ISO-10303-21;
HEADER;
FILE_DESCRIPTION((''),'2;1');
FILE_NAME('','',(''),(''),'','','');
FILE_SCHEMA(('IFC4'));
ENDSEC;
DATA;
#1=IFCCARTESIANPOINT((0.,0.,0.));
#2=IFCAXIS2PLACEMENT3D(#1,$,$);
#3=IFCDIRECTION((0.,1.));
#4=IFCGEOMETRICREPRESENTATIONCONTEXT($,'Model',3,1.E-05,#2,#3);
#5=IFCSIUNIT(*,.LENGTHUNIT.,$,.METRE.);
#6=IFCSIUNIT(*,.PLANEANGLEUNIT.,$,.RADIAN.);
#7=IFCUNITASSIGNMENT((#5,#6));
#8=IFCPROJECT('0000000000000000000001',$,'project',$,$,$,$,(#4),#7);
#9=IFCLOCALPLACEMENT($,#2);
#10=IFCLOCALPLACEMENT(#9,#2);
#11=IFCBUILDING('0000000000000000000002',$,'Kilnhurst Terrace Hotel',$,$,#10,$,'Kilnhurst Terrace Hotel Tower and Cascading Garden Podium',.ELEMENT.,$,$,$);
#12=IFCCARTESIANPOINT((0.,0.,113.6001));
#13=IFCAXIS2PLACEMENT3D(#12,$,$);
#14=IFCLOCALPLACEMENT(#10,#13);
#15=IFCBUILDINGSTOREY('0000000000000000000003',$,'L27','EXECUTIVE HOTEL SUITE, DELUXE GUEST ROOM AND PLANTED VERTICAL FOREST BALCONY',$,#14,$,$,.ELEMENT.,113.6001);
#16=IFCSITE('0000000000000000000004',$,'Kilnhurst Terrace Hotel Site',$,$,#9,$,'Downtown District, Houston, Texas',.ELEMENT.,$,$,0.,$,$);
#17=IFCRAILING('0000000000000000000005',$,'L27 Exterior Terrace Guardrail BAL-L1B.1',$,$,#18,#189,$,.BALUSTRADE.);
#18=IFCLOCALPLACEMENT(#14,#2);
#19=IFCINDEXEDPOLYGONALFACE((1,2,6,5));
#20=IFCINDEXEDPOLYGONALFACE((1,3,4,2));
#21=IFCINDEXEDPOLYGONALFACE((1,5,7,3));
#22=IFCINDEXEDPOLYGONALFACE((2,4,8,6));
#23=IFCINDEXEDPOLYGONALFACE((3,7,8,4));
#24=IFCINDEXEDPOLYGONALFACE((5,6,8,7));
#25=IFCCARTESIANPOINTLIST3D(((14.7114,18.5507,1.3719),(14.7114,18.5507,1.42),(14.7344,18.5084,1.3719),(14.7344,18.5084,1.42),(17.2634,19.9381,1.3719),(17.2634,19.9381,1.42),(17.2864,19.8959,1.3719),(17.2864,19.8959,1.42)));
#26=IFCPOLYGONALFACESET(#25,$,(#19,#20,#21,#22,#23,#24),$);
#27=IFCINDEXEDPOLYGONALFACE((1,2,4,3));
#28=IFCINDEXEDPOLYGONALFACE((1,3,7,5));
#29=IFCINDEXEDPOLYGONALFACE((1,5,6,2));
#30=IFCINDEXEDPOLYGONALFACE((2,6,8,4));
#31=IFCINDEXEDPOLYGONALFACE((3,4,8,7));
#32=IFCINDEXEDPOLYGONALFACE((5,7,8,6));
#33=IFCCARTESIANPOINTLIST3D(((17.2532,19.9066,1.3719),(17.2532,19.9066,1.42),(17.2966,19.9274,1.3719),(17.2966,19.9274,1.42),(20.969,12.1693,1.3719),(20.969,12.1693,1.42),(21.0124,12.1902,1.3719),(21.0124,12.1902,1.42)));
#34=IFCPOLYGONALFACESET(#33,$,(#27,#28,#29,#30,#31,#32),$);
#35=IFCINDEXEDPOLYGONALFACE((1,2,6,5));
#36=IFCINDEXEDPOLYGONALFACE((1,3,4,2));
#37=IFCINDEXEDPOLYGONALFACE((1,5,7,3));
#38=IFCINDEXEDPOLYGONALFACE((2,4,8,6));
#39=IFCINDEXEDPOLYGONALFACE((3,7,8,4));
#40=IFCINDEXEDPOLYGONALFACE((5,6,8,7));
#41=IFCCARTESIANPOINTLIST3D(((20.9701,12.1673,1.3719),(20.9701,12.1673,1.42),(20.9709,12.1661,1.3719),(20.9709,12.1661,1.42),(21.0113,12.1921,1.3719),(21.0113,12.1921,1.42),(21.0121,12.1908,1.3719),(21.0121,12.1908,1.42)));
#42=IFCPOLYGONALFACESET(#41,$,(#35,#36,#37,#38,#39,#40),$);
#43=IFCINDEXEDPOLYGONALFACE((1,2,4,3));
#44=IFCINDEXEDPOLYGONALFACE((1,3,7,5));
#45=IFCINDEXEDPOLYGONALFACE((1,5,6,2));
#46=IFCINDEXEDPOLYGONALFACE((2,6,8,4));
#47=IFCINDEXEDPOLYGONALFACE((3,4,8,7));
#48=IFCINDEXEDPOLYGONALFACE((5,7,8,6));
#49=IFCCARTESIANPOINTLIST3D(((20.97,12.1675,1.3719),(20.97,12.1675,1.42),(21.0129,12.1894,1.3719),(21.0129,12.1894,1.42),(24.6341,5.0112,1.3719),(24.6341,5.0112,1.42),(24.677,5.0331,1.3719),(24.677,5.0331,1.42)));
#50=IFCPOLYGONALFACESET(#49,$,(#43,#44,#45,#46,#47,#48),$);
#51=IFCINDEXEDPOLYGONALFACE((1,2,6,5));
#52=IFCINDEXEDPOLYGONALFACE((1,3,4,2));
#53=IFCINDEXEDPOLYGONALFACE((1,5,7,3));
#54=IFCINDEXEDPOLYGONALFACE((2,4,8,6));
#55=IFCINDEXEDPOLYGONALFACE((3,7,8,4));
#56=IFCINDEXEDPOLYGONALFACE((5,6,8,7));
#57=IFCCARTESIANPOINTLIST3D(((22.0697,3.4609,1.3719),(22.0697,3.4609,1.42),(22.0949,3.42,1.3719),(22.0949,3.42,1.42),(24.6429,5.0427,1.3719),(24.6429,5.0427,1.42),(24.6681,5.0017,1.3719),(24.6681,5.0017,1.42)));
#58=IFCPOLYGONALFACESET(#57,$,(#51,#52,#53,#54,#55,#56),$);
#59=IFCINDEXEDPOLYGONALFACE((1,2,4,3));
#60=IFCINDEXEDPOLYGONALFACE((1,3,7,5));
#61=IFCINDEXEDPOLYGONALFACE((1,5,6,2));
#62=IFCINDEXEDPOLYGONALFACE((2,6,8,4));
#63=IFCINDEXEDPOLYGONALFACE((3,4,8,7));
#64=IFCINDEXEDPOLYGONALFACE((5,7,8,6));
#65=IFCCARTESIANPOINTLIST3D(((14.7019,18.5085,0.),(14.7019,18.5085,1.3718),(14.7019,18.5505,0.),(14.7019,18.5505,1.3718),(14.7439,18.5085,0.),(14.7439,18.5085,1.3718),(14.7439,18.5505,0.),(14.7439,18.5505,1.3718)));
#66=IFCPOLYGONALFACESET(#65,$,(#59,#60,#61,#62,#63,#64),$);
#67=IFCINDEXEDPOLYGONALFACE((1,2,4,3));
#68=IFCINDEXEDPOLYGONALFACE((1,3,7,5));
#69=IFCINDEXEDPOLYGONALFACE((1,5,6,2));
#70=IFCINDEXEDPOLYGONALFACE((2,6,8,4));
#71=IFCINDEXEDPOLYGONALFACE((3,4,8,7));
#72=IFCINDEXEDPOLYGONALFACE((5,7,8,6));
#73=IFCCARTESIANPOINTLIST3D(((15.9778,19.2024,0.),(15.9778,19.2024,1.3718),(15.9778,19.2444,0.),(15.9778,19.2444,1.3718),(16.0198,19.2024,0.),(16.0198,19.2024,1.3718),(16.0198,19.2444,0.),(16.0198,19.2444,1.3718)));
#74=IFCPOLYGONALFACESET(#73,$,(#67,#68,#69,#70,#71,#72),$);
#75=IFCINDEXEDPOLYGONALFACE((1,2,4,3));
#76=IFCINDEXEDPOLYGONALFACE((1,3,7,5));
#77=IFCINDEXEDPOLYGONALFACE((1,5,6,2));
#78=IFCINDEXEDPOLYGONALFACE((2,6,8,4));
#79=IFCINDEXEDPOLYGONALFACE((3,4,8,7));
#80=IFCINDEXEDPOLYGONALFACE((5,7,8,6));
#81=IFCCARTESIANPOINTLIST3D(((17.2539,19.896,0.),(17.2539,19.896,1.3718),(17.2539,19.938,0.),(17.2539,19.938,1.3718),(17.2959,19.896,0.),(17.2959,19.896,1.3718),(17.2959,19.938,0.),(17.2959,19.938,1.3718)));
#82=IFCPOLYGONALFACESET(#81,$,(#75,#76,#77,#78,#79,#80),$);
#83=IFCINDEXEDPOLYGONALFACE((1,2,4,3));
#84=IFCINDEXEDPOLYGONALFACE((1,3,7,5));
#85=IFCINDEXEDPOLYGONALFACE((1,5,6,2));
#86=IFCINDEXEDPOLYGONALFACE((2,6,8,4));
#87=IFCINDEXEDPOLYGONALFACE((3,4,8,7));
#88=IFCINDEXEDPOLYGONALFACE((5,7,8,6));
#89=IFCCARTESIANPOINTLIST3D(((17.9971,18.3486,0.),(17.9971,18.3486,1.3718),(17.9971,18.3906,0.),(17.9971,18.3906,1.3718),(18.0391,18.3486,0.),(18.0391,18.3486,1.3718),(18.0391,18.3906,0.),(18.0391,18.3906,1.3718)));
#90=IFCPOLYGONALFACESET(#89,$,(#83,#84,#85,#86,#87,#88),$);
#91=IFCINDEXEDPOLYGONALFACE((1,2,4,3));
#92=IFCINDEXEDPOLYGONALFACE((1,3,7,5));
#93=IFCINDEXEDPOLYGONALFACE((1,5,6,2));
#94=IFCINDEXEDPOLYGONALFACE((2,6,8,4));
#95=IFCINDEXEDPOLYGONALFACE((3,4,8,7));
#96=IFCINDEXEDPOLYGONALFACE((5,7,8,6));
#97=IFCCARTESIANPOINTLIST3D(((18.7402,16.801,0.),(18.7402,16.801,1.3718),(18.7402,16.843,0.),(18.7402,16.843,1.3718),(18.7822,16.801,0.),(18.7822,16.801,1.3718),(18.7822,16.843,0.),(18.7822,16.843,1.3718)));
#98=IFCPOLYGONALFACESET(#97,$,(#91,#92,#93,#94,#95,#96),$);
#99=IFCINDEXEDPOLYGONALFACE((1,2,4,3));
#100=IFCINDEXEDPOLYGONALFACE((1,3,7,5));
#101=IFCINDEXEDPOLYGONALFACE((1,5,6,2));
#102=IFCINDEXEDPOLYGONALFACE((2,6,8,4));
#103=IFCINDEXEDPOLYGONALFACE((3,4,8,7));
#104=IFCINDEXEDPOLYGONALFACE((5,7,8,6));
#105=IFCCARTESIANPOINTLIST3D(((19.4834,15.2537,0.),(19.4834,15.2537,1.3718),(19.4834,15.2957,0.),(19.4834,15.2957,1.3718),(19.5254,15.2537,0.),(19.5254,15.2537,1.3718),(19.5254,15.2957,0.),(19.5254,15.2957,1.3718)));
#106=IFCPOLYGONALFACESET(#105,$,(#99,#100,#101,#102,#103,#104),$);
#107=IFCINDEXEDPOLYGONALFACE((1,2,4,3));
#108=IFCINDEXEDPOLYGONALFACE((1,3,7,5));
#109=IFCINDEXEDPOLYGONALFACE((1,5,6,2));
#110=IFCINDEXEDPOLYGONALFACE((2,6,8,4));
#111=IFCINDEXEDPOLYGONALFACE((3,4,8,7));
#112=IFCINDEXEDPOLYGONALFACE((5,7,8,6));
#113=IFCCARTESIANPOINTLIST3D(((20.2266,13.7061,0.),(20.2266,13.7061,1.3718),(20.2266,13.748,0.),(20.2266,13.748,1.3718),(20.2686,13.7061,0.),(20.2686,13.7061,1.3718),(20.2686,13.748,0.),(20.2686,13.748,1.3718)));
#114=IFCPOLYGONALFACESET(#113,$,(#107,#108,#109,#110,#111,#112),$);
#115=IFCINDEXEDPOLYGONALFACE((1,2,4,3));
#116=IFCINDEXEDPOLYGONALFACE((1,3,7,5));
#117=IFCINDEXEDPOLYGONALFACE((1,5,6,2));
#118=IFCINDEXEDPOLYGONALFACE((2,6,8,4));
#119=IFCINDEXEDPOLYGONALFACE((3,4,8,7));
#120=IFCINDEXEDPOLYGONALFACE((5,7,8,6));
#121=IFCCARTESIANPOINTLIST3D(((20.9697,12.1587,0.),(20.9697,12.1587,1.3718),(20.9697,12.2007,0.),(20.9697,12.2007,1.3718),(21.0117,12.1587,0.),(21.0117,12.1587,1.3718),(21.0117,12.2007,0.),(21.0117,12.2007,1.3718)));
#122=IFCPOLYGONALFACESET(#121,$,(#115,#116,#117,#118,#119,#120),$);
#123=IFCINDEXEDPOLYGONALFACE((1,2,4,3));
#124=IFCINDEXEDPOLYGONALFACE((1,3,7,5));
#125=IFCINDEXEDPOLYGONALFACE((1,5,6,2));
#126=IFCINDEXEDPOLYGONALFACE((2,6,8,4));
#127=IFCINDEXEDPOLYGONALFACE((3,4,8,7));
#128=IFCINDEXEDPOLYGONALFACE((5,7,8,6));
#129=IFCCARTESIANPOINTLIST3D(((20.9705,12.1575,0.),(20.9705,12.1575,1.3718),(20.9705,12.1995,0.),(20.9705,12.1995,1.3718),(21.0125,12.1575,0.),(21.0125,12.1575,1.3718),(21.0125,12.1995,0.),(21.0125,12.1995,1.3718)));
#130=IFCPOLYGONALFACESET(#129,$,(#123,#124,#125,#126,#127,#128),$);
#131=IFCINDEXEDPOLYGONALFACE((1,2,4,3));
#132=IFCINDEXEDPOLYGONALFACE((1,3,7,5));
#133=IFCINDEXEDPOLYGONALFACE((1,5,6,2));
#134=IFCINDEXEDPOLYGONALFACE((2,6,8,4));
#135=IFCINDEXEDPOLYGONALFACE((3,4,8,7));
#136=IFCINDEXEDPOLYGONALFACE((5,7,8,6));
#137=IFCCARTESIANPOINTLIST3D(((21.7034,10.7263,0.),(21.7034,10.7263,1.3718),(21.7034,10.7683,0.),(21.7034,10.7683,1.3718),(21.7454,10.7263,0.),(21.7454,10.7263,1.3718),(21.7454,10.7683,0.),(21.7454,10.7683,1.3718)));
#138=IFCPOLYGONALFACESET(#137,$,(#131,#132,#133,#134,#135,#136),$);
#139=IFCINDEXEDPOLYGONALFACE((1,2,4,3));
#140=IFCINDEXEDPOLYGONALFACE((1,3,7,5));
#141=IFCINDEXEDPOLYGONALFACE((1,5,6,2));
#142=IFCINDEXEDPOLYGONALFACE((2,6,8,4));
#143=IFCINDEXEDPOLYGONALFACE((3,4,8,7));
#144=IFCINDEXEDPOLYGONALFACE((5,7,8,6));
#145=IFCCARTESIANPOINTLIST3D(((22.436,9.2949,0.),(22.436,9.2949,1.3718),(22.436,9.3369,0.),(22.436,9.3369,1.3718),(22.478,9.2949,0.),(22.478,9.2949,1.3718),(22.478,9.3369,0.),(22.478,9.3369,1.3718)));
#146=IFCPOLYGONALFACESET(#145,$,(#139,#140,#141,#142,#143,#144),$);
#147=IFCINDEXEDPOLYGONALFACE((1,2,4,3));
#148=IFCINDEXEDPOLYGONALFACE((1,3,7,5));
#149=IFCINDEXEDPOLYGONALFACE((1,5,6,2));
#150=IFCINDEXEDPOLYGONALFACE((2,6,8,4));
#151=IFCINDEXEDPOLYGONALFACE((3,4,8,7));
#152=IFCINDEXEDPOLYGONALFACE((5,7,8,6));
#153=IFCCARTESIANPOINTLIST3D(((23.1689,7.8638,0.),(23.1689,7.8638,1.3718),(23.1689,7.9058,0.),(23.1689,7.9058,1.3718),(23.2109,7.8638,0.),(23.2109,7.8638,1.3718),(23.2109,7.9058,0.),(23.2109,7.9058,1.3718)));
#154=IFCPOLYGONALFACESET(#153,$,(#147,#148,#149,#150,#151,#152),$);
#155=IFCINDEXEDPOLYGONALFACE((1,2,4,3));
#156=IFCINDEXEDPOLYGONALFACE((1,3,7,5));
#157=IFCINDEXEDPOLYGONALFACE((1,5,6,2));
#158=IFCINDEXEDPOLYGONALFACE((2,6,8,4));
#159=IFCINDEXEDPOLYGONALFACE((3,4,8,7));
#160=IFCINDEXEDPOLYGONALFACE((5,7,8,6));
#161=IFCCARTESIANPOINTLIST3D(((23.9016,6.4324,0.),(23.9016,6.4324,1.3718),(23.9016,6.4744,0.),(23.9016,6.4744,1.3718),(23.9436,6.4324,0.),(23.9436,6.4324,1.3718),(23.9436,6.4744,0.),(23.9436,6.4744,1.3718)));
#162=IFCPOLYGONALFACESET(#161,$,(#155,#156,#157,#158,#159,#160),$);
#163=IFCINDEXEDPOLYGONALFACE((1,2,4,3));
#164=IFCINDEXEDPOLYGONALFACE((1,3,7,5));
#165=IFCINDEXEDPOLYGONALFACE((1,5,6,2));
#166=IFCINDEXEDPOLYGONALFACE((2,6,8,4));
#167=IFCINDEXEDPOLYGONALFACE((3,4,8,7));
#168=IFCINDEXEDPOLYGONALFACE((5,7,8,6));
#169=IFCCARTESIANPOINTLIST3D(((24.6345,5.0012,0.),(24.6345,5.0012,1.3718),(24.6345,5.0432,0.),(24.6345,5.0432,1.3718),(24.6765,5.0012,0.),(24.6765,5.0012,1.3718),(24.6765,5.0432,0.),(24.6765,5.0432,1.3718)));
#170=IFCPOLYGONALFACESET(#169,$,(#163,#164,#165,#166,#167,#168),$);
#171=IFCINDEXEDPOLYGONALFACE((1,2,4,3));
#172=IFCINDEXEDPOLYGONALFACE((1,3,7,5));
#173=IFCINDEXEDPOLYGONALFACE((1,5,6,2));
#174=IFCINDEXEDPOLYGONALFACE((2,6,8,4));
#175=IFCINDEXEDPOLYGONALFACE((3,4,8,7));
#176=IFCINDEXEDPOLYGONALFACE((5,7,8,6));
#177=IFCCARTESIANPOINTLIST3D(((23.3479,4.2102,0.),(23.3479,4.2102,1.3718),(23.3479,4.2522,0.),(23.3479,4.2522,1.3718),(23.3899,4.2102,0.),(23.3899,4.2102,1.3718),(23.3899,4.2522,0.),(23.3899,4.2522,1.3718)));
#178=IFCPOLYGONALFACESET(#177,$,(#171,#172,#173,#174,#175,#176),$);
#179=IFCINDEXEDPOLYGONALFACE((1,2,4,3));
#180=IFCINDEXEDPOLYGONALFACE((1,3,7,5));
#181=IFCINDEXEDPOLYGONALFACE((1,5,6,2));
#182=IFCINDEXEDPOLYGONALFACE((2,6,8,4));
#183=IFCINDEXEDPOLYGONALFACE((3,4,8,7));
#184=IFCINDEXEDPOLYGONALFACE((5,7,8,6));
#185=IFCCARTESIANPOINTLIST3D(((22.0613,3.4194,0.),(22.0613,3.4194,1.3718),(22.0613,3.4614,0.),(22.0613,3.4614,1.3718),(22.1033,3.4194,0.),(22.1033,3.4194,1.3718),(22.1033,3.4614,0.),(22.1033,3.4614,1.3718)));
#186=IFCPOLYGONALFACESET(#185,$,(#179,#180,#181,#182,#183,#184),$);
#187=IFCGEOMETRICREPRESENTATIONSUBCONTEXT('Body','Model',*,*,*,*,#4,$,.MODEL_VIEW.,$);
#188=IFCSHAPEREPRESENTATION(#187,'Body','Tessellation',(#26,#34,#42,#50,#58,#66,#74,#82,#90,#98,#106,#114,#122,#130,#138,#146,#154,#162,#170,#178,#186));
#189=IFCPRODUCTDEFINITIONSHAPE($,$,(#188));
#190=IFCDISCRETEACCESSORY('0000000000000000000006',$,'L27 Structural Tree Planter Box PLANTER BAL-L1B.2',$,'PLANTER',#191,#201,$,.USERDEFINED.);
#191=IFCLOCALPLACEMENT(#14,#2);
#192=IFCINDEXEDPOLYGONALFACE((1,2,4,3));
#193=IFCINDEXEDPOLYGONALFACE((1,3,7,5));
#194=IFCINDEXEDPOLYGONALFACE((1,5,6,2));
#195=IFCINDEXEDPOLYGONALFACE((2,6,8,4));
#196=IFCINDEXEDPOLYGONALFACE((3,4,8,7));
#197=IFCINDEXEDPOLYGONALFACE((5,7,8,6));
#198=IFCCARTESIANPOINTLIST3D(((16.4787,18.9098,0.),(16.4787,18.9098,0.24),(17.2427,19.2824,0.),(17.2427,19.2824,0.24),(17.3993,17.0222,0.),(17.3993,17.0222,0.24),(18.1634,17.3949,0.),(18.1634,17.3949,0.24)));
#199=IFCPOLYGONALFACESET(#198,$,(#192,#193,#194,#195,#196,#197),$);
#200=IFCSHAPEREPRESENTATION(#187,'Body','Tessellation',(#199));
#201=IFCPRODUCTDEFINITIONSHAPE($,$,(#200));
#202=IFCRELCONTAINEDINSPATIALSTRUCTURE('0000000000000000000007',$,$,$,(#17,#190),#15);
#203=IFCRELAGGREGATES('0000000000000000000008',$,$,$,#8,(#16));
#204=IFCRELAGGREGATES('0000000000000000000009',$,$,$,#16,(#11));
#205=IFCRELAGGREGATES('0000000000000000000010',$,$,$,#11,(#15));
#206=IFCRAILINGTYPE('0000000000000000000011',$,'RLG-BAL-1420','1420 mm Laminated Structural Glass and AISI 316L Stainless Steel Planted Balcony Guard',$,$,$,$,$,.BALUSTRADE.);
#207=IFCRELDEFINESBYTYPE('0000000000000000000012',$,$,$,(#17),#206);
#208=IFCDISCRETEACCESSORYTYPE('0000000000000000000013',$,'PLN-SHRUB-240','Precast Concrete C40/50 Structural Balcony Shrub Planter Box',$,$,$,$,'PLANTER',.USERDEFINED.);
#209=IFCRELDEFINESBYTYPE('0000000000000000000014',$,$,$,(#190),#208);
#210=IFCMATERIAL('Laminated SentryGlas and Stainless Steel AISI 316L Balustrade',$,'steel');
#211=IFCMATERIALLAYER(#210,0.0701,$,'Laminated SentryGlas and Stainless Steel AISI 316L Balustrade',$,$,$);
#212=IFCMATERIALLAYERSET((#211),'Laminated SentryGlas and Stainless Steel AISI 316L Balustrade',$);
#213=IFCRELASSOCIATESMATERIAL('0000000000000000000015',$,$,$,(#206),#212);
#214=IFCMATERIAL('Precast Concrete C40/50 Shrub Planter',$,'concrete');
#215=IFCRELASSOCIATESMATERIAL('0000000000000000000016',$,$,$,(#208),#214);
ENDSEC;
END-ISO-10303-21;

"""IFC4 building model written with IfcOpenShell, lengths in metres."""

from ifc_helpers import new_model, si_unit, direction, frame, origin, origin_2d, place, context, subcontext, project, spatial, rectangle, extrude, material, layer, layer_set, type_object, element, save


model = new_model("IFC4")

# Units and contexts
model_context = context("Model", 3, precision=1e-05, world=origin(), true_north=direction((0.0, 1.0)))
body_context = subcontext(model_context, "Body", "Model", "MODEL_VIEW")
ifc_project = project(units=[si_unit("LENGTHUNIT", "METRE"), si_unit("PLANEANGLEUNIT", "RADIAN")], contexts=[model_context])

# Site, building, storey
site_placement = place(None, origin())
site = spatial("IfcSite", under=ifc_project, at=site_placement, Name="Kilnhurst Terrace Hotel Site", LongName="Downtown District, Houston, Texas", CompositionType="ELEMENT", RefElevation=0.0)
building_placement = place(site_placement, origin())
building = spatial("IfcBuilding", under=site, at=building_placement, Name="Kilnhurst Terrace Hotel", LongName="Kilnhurst Terrace Hotel Tower and Cascading Garden Podium", CompositionType="ELEMENT")
storey_placement = place(building_placement, frame((0.0, 0.0, 113.6001)))
storey = spatial("IfcBuildingStorey", under=building, at=storey_placement, Name="L27", Description="EXECUTIVE HOTEL SUITE, DELUXE GUEST ROOM AND PLANTED VERTICAL FOREST BALCONY", CompositionType="ELEMENT", Elevation=113.6001)

# Railing
ifc_material_1 = material(Name="Laminated SentryGlas and Stainless Steel AISI 316L Balustrade", Category="steel")
ifc_layer_1 = layer(ifc_material_1, 0.0701, Name="Laminated SentryGlas and Stainless Steel AISI 316L Balustrade")
ifc_layer_set_1 = layer_set([ifc_layer_1], Name="Laminated SentryGlas and Stainless Steel AISI 316L Balustrade")
railing_type = type_object("IfcRailingType", Name="RLG-BAL-1420", Description="1420 mm Laminated Structural Glass and AISI 316L Stainless Steel Planted Balcony Guard", PredefinedType="BALUSTRADE", material=ifc_layer_set_1)
railing_placement = place(storey_placement, frame((14.7229, 18.5295, 0.0)))
element("IfcRailing", 1, at=railing_placement, inside=storey, type_object=railing_type, Name="L27 Exterior Terrace Guardrail BAL-L1B.1", PredefinedType="BALUSTRADE", context=body_context, shape_type="SweptSolid", body=[
    extrude(rectangle(XDim=0.0481, YDim=0.0481, at=origin_2d()), frame((0.0, 0.0, 1.396), z_axis=(0.878553, 0.477644, 0.0), x_axis=(-0.477644, 0.878553, 0.0)), (0.0, 0.0, 1.0), 2.9048),
    extrude(rectangle(XDim=0.0481, YDim=0.0481, at=origin_2d()), frame((2.552, 1.3875, 1.396), z_axis=(0.432912, -0.901436, 0.0), x_axis=(0.901436, 0.432912, 0.0)), (0.0, 0.0, 1.0), 8.5833),
    extrude(rectangle(XDim=0.0481, YDim=0.0481, at=origin_2d()), frame((6.2678, -6.3499, 1.396), z_axis=(0.514496, -0.857493, 0.0), x_axis=(0.857493, 0.514496, 0.0)), (0.0, 0.0, 1.0), 0.0015),
    extrude(rectangle(XDim=0.0481, YDim=0.0481, at=origin_2d()), frame((6.2686, -6.3511, 1.396), z_axis=(0.455744, -0.890111, 0.0), x_axis=(0.890111, 0.455744, 0.0)), (0.0, 0.0, 1.0), 8.0398),
    extrude(rectangle(XDim=0.0481, YDim=0.0481, at=origin_2d()), frame((9.9326, -13.5073, 1.396), z_axis=(-0.851916, -0.523678, 0.0), x_axis=(0.523678, -0.851916, 0.0)), (0.0, 0.0, 1.0), 3.0205),
    extrude(rectangle(XDim=0.042, YDim=0.042, at=origin_2d()), origin(), (0.0, 0.0, 1.0), 1.3718),
    extrude(rectangle(XDim=0.042, YDim=0.042, at=origin_2d()), frame((1.2759, 0.6938, 0.0)), (0.0, 0.0, 1.0), 1.3718),
    extrude(rectangle(XDim=0.042, YDim=0.042, at=origin_2d()), frame((2.552, 1.3875, 0.0)), (0.0, 0.0, 1.0), 1.3718),
    extrude(rectangle(XDim=0.042, YDim=0.042, at=origin_2d()), frame((3.2952, -0.1599, 0.0)), (0.0, 0.0, 1.0), 1.3718),
    extrude(rectangle(XDim=0.042, YDim=0.042, at=origin_2d()), frame((4.0383, -1.7075, 0.0)), (0.0, 0.0, 1.0), 1.3718),
    extrude(rectangle(XDim=0.042, YDim=0.042, at=origin_2d()), frame((4.7815, -3.2549, 0.0)), (0.0, 0.0, 1.0), 1.3718),
    extrude(rectangle(XDim=0.042, YDim=0.042, at=origin_2d()), frame((5.5247, -4.8025, 0.0)), (0.0, 0.0, 1.0), 1.3718),
    extrude(rectangle(XDim=0.042, YDim=0.042, at=origin_2d()), frame((6.2678, -6.3499, 0.0)), (0.0, 0.0, 1.0), 1.3718),
    extrude(rectangle(XDim=0.042, YDim=0.042, at=origin_2d()), frame((6.2686, -6.3511, 0.0)), (0.0, 0.0, 1.0), 1.3718),
    extrude(rectangle(XDim=0.042, YDim=0.042, at=origin_2d()), frame((7.0015, -7.7822, 0.0)), (0.0, 0.0, 1.0), 1.3718),
    extrude(rectangle(XDim=0.042, YDim=0.042, at=origin_2d()), frame((7.7341, -9.2136, 0.0)), (0.0, 0.0, 1.0), 1.3718),
    extrude(rectangle(XDim=0.042, YDim=0.042, at=origin_2d()), frame((8.467, -10.6448, 0.0)), (0.0, 0.0, 1.0), 1.3718),
    extrude(rectangle(XDim=0.042, YDim=0.042, at=origin_2d()), frame((9.1997, -12.0762, 0.0)), (0.0, 0.0, 1.0), 1.3718),
    extrude(rectangle(XDim=0.042, YDim=0.042, at=origin_2d()), frame((9.9326, -13.5073, 0.0)), (0.0, 0.0, 1.0), 1.3718),
    extrude(rectangle(XDim=0.042, YDim=0.042, at=origin_2d()), frame((8.646, -14.2983, 0.0)), (0.0, 0.0, 1.0), 1.3718),
    extrude(rectangle(XDim=0.042, YDim=0.042, at=origin_2d()), frame((7.3594, -15.0891, 0.0)), (0.0, 0.0, 1.0), 1.3718),
])

# Discrete accessory
ifc_material_2 = material(Name="Precast Concrete C40/50 Shrub Planter", Category="concrete")
discrete_accessory_type = type_object("IfcDiscreteAccessoryType", Name="PLN-SHRUB-240", Description="Precast Concrete C40/50 Structural Balcony Shrub Planter Box", ElementType="PLANTER", PredefinedType="USERDEFINED", material=ifc_material_2)
discrete_accessory_placement = place(storey_placement, frame((17.321, 18.1523, 0.0), z_axis=(0.0, 0.0, 1.0), x_axis=(-0.438387, 0.898786, 0.0)))
element("IfcDiscreteAccessory", 2, at=discrete_accessory_placement, inside=storey, type_object=discrete_accessory_type, Name="L27 Structural Tree Planter Box PLANTER BAL-L1B.2", ObjectType="PLANTER", PredefinedType="USERDEFINED", context=body_context, shape_type="SweptSolid", body=[
    extrude(rectangle(XDim=2.1001, YDim=0.8501, at=origin_2d()), origin(), (0.0, 0.0, 1.0), 0.24),
])

save(model, "model.ifc")
